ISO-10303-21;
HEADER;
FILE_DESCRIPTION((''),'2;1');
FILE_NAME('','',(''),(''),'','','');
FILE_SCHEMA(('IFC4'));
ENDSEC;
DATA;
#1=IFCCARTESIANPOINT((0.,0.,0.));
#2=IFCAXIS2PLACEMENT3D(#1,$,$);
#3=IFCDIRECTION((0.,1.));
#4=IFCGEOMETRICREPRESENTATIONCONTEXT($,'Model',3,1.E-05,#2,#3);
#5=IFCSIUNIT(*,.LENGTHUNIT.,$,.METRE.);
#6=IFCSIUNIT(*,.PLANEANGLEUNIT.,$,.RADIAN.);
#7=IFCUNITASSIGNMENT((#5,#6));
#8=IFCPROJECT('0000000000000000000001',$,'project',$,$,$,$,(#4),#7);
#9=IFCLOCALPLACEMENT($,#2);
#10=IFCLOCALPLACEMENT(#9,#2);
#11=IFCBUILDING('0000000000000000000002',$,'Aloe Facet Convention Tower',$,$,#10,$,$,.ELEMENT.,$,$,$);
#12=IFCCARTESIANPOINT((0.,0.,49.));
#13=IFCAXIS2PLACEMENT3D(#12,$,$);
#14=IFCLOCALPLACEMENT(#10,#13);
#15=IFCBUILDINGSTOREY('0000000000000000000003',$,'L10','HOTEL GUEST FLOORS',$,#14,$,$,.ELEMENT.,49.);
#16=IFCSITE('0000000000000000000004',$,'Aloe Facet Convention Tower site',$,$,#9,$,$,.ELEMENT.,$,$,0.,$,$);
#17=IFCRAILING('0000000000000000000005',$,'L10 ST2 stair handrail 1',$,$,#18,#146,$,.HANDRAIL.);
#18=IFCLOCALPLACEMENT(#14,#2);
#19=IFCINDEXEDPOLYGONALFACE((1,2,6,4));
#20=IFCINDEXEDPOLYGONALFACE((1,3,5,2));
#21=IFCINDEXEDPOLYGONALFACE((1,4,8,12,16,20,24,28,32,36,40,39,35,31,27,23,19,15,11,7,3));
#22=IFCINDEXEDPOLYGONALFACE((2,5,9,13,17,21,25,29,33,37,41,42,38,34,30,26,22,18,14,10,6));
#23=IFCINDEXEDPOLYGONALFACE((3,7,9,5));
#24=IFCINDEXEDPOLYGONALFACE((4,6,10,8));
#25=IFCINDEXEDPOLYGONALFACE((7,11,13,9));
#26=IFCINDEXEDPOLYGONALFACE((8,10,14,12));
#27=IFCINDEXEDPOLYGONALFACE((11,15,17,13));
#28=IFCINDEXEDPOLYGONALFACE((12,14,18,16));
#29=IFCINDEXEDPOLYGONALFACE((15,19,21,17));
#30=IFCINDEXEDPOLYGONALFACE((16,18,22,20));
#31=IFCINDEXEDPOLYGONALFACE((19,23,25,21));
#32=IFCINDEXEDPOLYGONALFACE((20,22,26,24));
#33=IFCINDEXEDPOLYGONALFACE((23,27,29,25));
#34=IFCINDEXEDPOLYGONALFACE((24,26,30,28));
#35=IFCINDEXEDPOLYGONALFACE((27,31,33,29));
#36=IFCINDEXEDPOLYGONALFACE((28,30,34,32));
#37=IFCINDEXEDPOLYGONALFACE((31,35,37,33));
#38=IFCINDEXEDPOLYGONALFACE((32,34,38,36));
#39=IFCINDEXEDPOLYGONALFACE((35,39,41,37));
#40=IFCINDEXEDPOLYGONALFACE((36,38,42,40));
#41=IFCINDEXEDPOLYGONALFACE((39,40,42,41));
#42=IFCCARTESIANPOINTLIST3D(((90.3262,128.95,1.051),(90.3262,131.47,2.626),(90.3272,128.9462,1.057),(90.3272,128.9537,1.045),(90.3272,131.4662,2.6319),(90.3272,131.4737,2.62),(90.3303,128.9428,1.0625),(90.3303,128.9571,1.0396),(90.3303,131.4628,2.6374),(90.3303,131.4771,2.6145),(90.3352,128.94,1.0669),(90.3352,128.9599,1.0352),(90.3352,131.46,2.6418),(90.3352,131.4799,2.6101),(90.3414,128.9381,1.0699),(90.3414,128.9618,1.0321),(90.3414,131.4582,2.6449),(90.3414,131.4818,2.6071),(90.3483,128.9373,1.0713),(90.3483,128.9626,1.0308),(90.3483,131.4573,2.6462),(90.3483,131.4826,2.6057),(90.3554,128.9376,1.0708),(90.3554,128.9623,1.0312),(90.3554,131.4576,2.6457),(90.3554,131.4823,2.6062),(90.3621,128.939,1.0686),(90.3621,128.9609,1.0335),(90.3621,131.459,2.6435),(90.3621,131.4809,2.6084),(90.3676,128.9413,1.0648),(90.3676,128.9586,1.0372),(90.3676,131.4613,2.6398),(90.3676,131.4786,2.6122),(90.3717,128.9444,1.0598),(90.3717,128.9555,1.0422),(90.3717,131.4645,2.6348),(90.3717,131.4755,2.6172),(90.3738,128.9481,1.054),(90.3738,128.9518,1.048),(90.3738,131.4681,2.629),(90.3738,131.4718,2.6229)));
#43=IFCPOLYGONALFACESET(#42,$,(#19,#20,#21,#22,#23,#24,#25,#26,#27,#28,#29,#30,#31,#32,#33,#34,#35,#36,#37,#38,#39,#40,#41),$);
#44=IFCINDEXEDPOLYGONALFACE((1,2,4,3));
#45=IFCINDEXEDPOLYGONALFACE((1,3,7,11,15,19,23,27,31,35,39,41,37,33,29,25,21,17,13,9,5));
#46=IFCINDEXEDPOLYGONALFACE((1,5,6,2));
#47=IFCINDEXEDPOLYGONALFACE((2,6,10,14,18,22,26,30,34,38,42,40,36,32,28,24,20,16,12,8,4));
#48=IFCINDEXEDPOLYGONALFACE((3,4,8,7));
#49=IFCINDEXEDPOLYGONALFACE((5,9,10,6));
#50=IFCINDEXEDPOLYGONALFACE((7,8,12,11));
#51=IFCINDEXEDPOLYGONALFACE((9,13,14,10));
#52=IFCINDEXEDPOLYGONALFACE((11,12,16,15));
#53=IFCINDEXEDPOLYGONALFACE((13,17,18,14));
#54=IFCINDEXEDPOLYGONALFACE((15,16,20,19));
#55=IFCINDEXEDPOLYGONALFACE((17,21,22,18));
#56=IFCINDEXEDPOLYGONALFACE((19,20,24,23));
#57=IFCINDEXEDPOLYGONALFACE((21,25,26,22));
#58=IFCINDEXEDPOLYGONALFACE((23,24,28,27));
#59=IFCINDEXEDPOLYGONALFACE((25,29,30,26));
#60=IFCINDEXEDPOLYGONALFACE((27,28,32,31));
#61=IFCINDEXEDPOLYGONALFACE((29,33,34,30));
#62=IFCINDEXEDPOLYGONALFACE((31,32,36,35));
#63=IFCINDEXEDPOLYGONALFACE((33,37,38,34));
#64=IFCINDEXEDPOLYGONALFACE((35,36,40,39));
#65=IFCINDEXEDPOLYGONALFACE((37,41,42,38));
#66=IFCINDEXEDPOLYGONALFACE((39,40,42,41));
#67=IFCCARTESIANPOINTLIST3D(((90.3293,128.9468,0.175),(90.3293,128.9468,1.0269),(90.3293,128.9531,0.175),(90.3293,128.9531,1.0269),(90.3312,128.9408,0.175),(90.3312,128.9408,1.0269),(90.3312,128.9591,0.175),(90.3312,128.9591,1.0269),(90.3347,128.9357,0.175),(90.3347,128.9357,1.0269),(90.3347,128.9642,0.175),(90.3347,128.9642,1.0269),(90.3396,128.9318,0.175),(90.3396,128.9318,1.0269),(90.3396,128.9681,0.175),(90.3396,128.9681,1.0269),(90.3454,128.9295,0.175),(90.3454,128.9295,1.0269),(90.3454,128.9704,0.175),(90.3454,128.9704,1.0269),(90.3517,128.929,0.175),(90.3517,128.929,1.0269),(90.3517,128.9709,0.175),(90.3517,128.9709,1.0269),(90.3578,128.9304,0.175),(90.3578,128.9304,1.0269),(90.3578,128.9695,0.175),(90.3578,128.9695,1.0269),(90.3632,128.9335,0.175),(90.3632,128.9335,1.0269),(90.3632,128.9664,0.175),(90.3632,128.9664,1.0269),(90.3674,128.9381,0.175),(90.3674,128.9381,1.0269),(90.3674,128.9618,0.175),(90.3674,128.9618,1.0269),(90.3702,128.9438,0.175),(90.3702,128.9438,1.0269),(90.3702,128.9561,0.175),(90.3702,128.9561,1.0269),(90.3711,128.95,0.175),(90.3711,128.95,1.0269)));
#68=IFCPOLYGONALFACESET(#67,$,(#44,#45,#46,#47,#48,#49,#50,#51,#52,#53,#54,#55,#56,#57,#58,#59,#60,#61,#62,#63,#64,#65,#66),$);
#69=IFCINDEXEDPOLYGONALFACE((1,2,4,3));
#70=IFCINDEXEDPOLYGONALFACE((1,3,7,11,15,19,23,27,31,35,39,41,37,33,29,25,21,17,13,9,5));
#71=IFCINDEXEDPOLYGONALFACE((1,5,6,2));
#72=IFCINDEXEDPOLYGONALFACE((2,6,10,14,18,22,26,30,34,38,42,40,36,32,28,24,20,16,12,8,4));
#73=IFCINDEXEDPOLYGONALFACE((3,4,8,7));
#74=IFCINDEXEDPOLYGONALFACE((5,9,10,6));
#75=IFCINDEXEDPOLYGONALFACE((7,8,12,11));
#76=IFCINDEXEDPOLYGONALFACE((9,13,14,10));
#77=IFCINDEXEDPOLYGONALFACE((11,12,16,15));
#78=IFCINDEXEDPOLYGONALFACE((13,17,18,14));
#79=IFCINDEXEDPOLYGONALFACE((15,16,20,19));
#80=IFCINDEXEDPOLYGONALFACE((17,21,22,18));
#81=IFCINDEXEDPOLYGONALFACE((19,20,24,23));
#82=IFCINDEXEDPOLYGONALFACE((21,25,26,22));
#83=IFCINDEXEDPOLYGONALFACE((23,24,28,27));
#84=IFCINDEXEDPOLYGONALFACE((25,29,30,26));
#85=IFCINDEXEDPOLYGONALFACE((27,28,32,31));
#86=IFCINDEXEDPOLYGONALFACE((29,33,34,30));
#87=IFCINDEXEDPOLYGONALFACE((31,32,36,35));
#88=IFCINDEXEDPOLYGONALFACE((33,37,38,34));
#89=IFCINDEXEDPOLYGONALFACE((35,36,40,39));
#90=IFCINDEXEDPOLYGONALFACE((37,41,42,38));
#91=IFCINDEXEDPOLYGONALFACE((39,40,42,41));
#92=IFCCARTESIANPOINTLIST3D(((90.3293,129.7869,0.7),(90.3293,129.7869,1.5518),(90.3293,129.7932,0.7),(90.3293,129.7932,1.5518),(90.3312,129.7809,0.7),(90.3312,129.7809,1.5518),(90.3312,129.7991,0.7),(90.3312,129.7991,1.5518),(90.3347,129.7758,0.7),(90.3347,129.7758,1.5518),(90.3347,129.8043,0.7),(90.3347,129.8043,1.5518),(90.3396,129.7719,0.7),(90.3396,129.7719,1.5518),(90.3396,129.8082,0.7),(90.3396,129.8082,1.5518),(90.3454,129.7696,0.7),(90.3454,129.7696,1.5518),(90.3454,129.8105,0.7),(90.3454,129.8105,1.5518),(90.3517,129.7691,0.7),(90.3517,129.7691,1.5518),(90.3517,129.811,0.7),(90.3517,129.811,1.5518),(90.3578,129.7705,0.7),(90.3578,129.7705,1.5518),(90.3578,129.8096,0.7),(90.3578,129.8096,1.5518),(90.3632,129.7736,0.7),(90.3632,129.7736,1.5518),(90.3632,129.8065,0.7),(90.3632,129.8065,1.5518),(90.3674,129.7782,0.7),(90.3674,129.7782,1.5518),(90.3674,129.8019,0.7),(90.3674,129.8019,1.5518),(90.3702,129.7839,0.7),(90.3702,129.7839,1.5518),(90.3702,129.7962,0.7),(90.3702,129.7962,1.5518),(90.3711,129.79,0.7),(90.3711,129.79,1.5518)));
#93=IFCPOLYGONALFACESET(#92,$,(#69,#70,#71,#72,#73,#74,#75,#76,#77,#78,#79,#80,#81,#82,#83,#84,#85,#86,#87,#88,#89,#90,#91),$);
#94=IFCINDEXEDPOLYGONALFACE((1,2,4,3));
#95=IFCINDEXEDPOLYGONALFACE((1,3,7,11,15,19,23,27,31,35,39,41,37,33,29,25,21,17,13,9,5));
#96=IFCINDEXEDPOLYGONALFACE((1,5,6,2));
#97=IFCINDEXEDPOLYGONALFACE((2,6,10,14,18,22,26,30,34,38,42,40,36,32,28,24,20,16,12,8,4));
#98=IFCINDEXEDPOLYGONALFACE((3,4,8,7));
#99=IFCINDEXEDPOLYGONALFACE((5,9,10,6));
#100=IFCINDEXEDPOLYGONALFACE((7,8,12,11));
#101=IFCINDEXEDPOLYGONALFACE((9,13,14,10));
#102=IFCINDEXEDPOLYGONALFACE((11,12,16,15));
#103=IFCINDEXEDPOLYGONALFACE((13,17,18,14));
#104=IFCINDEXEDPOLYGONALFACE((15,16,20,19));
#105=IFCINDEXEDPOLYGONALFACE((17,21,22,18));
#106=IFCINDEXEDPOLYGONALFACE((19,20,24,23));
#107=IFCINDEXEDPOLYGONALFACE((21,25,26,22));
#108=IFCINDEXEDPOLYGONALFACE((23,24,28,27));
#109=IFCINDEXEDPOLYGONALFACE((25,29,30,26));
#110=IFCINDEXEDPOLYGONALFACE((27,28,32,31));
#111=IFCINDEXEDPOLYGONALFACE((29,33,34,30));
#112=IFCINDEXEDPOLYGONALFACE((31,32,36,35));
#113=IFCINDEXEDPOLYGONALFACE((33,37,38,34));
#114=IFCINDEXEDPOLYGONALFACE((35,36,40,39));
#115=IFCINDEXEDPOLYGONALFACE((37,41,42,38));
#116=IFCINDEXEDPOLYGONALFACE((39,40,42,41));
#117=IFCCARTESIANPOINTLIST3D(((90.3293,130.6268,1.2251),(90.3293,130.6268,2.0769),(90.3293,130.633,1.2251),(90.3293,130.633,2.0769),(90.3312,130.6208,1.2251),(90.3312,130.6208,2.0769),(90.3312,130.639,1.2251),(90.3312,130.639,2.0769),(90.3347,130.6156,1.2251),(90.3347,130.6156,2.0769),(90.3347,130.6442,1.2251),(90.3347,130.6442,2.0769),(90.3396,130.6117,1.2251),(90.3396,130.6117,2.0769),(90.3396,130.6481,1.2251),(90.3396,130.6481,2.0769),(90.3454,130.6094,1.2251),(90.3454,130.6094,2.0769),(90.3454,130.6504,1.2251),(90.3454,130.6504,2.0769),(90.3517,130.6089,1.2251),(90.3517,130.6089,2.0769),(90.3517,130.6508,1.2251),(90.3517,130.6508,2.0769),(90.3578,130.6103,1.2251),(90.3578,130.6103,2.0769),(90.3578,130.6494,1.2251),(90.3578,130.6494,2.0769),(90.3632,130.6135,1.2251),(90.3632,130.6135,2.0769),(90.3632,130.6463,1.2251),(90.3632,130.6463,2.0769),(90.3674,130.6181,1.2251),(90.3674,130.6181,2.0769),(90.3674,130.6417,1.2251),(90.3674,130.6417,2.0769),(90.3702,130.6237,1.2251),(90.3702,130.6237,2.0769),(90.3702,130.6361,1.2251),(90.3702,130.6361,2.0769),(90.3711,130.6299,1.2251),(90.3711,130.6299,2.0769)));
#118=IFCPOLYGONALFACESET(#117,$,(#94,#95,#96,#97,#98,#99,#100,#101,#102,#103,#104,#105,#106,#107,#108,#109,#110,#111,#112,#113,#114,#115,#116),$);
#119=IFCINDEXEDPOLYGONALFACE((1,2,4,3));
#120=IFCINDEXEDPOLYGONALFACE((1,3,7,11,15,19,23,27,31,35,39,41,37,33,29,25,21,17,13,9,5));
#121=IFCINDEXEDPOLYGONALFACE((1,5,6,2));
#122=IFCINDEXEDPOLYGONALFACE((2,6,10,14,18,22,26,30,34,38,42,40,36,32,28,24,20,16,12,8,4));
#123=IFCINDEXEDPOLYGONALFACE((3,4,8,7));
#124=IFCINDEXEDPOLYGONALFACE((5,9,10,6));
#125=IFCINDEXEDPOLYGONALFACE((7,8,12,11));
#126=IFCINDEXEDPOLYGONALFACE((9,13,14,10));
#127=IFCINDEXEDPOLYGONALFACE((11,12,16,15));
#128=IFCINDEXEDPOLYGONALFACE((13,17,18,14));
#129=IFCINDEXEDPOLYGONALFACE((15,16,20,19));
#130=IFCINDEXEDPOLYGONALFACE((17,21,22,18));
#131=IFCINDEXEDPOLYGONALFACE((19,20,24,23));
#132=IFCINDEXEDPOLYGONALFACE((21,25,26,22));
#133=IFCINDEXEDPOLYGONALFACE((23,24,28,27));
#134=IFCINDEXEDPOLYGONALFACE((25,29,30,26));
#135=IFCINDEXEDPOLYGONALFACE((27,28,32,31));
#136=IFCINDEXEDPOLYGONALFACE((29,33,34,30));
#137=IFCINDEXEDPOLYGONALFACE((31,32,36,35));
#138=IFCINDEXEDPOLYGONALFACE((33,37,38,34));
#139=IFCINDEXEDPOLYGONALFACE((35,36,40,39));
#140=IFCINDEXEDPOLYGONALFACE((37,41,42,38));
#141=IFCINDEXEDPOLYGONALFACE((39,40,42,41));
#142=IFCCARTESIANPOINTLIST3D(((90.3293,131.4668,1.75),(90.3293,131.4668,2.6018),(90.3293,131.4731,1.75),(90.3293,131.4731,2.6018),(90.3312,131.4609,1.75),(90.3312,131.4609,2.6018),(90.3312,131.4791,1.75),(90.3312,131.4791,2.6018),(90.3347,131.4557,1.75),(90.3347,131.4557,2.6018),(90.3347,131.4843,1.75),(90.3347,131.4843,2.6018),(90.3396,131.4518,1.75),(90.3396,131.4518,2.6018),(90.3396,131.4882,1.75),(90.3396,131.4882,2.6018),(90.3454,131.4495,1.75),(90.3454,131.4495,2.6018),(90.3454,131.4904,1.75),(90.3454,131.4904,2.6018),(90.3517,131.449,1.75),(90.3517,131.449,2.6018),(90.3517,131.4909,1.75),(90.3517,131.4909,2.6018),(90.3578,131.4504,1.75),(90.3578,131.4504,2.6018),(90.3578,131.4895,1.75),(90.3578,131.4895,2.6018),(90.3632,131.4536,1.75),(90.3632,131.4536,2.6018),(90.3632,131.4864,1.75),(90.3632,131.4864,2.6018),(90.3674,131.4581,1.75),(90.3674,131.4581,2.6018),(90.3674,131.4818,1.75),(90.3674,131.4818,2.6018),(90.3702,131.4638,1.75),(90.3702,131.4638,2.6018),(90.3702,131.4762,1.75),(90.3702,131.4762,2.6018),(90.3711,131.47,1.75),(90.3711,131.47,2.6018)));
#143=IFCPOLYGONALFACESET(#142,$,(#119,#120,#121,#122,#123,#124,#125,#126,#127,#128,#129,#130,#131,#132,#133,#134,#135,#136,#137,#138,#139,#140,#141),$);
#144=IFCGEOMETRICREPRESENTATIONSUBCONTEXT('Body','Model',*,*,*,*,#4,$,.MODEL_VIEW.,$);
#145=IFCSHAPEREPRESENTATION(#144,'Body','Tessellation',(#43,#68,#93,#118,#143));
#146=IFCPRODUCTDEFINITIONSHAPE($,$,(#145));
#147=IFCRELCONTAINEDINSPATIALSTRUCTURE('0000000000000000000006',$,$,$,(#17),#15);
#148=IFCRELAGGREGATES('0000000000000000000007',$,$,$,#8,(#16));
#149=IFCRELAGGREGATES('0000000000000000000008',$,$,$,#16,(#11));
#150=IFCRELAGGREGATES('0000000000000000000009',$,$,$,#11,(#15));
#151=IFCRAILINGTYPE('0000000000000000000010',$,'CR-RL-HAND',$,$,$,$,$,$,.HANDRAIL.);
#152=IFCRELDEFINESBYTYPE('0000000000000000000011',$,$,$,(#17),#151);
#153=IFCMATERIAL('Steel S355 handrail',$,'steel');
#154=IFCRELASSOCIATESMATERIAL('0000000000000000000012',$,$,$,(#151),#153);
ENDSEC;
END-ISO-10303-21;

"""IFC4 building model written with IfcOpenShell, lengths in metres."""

from ifc_helpers import new_model, si_unit, direction, frame, origin, origin_2d, place, context, subcontext, project, spatial, circle, extrude, material, type_object, element, save


model = new_model("IFC4")

# Units and contexts
model_context = context("Model", 3, precision=1e-05, world=origin(), true_north=direction((0.0, 1.0)))
body_context = subcontext(model_context, "Body", "Model", "MODEL_VIEW")
ifc_project = project(units=[si_unit("LENGTHUNIT", "METRE"), si_unit("PLANEANGLEUNIT", "RADIAN")], contexts=[model_context])

# Site, building, storey
site_placement = place(None, origin())
site = spatial("IfcSite", under=ifc_project, at=site_placement, Name="Aloe Facet Convention Tower site", CompositionType="ELEMENT", RefElevation=0.0)
building_placement = place(site_placement, origin())
building = spatial("IfcBuilding", under=site, at=building_placement, Name="Aloe Facet Convention Tower", CompositionType="ELEMENT")
storey_placement = place(building_placement, frame((0.0, 0.0, 49.0)))
storey = spatial("IfcBuildingStorey", under=building, at=storey_placement, Name="L10", Description="HOTEL GUEST FLOORS", CompositionType="ELEMENT", Elevation=49.0)

# Railing
ifc_material_1 = material(Name="Steel S355 handrail", Category="steel")
railing_type_1 = type_object("IfcRailingType", Name="CR-RL-HAND", PredefinedType="HANDRAIL", material=ifc_material_1)
railing_1_placement = place(storey_placement, frame((90.3501, 128.95, 0.175)))
element("IfcRailing", 1, at=railing_1_placement, inside=storey, type_object=railing_type_1, Name="L10 ST2 stair handrail 1", PredefinedType="HANDRAIL", context=body_context, shape_type="SweptSolid", body=[
    extrude(circle(Radius=0.0239, at=origin_2d()), frame((0.0, 0.0, 0.876), z_axis=(0.0, 0.848008, 0.529984), x_axis=(-1.0, 0.0, 0.0)), (0.0, 0.0, 1.0), 2.9717),
    extrude(circle(Radius=0.021, at=origin_2d()), origin(), (0.0, 0.0, 1.0), 0.8518),
    extrude(circle(Radius=0.021, at=origin_2d()), frame((0.0, 0.8401, 0.5249)), (0.0, 0.0, 1.0), 0.8518),
    extrude(circle(Radius=0.021, at=origin_2d()), frame((0.0, 1.6799, 1.05)), (0.0, 0.0, 1.0), 0.8518),
    extrude(circle(Radius=0.021, at=origin_2d()), frame((0.0, 2.52, 1.575)), (0.0, 0.0, 1.0), 0.8518),
])

save(model, "model.ifc")
